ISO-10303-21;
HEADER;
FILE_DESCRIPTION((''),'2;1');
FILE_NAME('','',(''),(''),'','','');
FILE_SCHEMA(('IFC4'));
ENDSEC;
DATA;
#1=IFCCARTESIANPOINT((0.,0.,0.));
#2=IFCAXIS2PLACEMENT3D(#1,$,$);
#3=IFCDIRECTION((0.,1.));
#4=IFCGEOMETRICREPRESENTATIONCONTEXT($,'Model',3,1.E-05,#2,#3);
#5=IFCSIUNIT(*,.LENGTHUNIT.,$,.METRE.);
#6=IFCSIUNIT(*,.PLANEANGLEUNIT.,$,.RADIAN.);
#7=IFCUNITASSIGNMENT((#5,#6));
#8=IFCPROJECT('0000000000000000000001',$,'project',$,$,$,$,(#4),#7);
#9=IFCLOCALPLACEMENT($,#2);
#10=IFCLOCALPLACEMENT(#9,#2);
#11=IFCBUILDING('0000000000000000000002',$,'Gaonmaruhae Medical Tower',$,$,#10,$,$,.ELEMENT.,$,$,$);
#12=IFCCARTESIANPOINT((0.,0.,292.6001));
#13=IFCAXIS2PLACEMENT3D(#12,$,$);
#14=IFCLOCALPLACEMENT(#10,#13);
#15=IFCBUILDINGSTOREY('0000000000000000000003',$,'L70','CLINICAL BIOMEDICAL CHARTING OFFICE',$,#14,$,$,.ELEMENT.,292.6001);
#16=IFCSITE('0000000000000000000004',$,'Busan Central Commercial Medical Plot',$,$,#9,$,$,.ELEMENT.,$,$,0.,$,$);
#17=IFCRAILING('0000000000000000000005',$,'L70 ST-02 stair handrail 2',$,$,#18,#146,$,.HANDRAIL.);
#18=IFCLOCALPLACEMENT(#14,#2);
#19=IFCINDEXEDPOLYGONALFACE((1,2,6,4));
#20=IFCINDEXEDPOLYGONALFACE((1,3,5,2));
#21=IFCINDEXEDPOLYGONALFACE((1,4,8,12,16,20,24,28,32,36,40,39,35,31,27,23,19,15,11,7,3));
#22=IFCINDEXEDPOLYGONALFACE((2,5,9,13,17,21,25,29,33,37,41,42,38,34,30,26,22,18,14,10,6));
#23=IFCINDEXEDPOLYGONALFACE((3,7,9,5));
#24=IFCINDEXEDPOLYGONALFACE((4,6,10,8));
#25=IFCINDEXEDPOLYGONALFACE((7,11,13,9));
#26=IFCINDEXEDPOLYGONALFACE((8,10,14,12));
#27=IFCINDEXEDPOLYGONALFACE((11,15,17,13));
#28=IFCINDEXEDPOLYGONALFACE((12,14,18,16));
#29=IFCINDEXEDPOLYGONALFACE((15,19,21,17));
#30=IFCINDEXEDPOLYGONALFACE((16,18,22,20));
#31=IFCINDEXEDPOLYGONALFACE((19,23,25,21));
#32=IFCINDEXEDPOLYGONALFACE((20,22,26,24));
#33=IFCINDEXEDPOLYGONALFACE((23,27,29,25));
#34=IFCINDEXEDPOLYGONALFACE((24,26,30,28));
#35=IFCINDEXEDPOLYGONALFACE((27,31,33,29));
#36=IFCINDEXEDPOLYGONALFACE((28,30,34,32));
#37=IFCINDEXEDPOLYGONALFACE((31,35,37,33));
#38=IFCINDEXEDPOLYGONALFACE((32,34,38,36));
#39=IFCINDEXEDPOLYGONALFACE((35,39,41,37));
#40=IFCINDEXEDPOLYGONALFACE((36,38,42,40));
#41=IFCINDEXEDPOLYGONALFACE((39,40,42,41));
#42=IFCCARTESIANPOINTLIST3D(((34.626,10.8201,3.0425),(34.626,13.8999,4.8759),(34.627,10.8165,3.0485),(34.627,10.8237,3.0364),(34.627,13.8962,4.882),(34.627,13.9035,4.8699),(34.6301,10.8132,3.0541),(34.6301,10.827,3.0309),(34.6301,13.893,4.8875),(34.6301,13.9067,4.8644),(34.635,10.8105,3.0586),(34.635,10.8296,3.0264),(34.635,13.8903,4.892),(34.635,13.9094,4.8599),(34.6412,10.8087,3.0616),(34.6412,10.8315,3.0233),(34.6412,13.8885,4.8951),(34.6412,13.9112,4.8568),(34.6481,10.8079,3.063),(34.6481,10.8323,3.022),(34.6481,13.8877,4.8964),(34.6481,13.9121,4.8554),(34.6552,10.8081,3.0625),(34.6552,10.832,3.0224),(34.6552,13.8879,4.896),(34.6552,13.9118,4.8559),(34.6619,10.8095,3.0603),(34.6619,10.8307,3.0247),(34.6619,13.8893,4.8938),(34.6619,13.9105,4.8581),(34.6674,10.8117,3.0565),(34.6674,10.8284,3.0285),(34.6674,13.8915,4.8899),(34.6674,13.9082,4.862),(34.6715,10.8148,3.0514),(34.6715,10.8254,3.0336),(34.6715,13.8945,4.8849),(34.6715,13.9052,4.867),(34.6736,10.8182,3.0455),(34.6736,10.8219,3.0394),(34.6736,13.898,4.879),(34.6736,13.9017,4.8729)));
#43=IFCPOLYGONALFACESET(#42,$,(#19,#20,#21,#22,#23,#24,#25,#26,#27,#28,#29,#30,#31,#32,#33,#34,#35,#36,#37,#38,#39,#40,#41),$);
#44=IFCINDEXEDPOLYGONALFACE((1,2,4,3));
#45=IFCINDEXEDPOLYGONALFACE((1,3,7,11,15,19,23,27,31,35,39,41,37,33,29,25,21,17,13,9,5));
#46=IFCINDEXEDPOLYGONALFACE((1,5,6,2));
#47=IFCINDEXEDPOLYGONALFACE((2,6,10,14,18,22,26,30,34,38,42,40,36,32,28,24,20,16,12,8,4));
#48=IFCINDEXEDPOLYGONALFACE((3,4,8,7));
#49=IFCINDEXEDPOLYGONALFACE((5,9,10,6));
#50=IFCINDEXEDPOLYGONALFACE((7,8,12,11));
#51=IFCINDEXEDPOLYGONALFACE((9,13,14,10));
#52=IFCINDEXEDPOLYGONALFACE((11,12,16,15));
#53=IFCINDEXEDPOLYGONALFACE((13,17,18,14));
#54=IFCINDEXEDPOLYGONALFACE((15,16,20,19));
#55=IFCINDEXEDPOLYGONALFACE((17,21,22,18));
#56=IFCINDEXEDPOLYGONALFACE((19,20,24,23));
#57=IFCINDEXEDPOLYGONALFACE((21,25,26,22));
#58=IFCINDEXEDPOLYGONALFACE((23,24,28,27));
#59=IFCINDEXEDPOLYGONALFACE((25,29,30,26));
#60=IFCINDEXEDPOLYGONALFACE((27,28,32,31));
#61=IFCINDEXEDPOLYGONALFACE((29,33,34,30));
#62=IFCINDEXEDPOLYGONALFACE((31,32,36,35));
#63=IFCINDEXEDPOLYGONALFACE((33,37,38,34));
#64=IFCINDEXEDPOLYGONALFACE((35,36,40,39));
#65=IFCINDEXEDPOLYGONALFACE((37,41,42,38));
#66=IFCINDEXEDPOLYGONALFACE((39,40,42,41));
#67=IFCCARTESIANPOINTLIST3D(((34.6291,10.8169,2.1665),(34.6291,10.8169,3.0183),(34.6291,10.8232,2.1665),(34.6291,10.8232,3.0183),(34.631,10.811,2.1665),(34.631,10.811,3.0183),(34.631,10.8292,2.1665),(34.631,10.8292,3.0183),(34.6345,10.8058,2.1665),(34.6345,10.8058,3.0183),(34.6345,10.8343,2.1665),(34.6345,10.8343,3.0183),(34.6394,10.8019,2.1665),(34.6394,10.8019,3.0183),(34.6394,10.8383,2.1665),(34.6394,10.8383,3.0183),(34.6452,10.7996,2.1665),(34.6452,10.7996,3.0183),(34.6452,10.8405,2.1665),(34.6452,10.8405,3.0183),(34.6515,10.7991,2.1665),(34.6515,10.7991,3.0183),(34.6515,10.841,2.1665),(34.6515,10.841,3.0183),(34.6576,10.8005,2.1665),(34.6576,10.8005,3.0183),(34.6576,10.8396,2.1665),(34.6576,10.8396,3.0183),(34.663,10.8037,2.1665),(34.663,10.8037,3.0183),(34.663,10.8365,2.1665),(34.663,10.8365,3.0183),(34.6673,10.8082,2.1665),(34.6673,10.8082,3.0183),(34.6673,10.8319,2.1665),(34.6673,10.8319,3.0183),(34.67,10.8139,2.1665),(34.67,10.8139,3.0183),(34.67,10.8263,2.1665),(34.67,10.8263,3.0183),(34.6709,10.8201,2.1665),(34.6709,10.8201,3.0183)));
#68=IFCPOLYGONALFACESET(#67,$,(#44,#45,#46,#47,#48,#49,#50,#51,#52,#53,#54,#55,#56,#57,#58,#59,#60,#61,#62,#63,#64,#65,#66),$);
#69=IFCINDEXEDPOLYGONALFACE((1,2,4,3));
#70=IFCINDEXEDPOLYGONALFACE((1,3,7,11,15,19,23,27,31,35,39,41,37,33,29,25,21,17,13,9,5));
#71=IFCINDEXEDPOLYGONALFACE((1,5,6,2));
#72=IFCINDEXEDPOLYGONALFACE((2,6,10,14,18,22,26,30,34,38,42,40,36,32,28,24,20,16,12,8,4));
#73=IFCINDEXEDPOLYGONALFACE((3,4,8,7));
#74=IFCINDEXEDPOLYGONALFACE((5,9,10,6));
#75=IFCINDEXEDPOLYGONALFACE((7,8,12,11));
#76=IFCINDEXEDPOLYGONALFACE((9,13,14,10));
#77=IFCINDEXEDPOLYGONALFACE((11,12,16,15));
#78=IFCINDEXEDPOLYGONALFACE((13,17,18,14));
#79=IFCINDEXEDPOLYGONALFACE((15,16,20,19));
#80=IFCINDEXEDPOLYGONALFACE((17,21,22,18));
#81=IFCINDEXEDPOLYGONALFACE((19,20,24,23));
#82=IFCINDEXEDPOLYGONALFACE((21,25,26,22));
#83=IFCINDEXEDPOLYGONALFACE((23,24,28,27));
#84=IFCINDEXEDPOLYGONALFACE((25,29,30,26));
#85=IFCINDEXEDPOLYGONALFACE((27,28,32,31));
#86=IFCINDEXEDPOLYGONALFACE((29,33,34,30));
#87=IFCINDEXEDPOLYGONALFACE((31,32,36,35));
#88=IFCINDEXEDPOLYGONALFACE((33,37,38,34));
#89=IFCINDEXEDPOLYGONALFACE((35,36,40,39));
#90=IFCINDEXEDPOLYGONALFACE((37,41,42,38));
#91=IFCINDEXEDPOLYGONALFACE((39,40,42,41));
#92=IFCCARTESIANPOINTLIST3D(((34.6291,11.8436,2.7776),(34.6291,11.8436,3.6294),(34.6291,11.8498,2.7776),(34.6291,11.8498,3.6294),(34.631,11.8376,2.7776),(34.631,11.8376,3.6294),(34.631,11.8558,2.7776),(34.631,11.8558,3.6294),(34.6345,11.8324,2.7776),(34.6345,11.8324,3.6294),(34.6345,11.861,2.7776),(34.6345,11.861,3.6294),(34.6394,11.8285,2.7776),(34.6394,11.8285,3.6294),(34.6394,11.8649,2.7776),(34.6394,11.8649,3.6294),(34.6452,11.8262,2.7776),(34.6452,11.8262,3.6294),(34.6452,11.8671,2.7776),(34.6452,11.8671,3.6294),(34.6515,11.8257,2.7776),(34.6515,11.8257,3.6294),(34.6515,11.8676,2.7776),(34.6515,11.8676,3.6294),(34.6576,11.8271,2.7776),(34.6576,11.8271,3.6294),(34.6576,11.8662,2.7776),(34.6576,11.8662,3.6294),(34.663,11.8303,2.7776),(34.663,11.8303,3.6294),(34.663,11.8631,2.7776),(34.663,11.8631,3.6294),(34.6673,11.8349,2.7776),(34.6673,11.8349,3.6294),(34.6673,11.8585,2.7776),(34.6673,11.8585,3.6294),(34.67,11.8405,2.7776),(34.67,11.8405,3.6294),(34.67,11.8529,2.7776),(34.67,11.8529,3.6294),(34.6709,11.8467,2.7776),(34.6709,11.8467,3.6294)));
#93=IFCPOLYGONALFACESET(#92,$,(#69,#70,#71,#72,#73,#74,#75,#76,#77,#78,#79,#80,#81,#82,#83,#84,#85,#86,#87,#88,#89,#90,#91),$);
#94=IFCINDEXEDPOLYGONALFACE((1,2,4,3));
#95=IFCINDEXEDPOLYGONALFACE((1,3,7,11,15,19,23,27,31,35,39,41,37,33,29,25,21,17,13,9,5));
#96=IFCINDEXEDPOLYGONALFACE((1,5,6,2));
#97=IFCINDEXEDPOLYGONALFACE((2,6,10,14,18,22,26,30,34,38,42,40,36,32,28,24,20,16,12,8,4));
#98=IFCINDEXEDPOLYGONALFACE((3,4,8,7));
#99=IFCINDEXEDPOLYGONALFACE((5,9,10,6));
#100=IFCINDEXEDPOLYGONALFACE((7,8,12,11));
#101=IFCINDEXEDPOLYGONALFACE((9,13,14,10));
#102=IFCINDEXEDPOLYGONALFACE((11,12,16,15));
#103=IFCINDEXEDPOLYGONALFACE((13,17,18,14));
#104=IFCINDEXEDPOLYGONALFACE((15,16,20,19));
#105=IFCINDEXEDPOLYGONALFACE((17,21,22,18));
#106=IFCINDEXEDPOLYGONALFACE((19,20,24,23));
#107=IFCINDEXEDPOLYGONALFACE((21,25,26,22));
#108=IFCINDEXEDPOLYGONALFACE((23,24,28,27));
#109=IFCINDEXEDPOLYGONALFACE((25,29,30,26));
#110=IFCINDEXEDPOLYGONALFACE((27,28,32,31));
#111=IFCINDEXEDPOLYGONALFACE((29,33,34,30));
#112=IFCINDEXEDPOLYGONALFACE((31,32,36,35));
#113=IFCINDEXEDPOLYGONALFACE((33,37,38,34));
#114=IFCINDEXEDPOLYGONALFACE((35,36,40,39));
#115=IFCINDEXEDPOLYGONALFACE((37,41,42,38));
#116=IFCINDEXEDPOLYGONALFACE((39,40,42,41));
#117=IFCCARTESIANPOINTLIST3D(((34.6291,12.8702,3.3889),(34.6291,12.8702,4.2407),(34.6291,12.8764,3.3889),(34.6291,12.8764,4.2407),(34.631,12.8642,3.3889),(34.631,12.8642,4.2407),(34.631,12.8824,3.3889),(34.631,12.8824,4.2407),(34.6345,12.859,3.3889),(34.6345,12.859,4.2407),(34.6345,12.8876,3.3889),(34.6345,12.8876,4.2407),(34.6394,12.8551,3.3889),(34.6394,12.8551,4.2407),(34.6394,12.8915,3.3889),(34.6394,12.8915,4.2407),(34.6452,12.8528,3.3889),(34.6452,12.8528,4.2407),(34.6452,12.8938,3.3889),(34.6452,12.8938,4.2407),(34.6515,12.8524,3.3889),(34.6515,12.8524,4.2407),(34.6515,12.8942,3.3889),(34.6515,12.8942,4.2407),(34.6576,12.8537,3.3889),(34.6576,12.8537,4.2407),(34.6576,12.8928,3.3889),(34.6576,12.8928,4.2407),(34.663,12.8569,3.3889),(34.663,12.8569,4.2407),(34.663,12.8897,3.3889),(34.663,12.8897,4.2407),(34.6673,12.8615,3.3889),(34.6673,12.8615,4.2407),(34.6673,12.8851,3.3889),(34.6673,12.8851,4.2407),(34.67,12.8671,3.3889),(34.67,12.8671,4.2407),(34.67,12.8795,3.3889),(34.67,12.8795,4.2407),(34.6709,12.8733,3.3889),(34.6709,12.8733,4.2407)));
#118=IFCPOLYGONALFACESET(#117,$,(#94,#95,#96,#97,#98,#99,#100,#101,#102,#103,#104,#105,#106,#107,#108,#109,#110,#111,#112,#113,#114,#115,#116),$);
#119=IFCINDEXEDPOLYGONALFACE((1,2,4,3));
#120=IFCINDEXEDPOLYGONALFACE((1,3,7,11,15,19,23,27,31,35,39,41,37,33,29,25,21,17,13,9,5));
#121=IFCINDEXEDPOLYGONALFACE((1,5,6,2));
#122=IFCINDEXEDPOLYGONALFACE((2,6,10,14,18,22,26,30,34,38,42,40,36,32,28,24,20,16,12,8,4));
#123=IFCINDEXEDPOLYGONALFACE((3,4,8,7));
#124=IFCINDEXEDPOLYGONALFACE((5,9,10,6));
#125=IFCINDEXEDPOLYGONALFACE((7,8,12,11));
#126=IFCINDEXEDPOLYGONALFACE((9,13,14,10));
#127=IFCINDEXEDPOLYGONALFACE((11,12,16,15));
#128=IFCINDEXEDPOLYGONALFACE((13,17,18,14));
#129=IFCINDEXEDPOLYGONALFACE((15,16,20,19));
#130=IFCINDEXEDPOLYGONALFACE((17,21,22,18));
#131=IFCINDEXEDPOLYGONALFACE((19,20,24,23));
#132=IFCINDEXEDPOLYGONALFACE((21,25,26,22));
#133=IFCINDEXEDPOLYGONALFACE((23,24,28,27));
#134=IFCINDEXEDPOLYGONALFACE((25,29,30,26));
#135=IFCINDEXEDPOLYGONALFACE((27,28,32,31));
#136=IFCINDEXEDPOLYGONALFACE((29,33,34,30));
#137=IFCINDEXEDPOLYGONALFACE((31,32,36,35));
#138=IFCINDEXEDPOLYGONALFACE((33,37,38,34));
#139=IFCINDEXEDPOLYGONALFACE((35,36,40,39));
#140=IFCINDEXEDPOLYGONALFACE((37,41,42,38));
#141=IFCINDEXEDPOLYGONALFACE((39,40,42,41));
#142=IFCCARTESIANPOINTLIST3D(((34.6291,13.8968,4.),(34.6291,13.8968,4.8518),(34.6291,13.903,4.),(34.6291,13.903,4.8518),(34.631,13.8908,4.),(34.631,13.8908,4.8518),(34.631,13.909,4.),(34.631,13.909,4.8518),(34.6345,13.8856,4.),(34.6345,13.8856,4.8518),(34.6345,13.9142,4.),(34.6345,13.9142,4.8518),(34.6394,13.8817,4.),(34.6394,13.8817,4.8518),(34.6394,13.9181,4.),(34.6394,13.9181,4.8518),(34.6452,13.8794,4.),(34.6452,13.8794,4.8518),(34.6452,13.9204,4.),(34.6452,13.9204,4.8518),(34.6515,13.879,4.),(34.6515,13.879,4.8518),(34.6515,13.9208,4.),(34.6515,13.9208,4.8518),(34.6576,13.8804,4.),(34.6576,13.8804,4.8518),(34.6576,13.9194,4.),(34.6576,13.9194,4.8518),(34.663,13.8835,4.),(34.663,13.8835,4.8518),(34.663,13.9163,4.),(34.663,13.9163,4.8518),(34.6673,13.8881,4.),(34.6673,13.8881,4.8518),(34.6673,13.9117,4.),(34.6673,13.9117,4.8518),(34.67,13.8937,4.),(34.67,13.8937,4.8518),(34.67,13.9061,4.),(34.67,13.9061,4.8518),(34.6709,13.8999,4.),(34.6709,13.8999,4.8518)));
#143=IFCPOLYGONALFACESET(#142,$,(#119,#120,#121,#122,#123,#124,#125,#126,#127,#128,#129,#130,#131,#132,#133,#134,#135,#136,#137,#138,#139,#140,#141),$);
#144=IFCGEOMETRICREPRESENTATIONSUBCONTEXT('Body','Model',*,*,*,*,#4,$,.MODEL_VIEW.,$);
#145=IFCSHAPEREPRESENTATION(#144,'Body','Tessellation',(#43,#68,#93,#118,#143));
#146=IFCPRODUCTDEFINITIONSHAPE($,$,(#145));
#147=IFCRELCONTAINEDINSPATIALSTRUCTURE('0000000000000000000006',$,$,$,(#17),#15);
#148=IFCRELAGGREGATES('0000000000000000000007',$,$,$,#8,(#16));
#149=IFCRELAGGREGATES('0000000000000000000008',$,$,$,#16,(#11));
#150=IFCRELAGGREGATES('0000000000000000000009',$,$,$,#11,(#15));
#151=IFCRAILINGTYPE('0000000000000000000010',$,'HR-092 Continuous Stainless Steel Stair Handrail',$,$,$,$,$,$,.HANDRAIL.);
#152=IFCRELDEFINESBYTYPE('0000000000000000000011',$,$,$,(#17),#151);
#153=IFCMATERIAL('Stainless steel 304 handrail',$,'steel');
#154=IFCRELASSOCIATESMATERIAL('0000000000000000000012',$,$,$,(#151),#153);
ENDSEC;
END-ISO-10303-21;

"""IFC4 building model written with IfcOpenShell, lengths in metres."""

from ifc_helpers import new_model, si_unit, direction, frame, origin, origin_2d, place, context, subcontext, project, spatial, circle, extrude, material, type_object, element, save


model = new_model("IFC4")

# Units and contexts
model_context = context("Model", 3, precision=1e-05, world=origin(), true_north=direction((0.0, 1.0)))
body_context = subcontext(model_context, "Body", "Model", "MODEL_VIEW")
ifc_project = project(units=[si_unit("LENGTHUNIT", "METRE"), si_unit("PLANEANGLEUNIT", "RADIAN")], contexts=[model_context])

# Site, building, storey
site_placement = place(None, origin())
site = spatial("IfcSite", under=ifc_project, at=site_placement, Name="Busan Central Commercial Medical Plot", CompositionType="ELEMENT", RefElevation=0.0)
building_placement = place(site_placement, origin())
building = spatial("IfcBuilding", under=site, at=building_placement, Name="Gaonmaruhae Medical Tower", CompositionType="ELEMENT")
storey_placement = place(building_placement, frame((0.0, 0.0, 292.6001)))
storey = spatial("IfcBuildingStorey", under=building, at=storey_placement, Name="L70", Description="CLINICAL BIOMEDICAL CHARTING OFFICE", CompositionType="ELEMENT", Elevation=292.6001)

# Railing
ifc_material_1 = material(Name="Stainless steel 304 handrail", Category="steel")
railing_type_1 = type_object("IfcRailingType", Name="HR-092 Continuous Stainless Steel Stair Handrail", PredefinedType="HANDRAIL", material=ifc_material_1)
railing_1_placement = place(storey_placement, frame((34.6499, 10.8201, 2.1665)))
element("IfcRailing", 1, at=railing_1_placement, inside=storey, type_object=railing_type_1, Name="L70 ST-02 stair handrail 2", PredefinedType="HANDRAIL", context=body_context, shape_type="SweptSolid", body=[
    extrude(circle(Radius=0.0239, at=origin_2d()), frame((0.0, 0.0, 0.876), z_axis=(0.0, 0.859261, 0.511538), x_axis=(-1.0, 0.0, 0.0)), (0.0, 0.0, 1.0), 3.5842),
    extrude(circle(Radius=0.021, at=origin_2d()), origin(), (0.0, 0.0, 1.0), 0.8518),
    extrude(circle(Radius=0.021, at=origin_2d()), frame((0.0, 1.0266, 0.6111)), (0.0, 0.0, 1.0), 0.8518),
    extrude(circle(Radius=0.021, at=origin_2d()), frame((0.0, 2.0532, 1.2224)), (0.0, 0.0, 1.0), 0.8518),
    extrude(circle(Radius=0.021, at=origin_2d()), frame((0.0, 3.0798, 1.8335)), (0.0, 0.0, 1.0), 0.8518),
])

save(model, "model.ifc")
